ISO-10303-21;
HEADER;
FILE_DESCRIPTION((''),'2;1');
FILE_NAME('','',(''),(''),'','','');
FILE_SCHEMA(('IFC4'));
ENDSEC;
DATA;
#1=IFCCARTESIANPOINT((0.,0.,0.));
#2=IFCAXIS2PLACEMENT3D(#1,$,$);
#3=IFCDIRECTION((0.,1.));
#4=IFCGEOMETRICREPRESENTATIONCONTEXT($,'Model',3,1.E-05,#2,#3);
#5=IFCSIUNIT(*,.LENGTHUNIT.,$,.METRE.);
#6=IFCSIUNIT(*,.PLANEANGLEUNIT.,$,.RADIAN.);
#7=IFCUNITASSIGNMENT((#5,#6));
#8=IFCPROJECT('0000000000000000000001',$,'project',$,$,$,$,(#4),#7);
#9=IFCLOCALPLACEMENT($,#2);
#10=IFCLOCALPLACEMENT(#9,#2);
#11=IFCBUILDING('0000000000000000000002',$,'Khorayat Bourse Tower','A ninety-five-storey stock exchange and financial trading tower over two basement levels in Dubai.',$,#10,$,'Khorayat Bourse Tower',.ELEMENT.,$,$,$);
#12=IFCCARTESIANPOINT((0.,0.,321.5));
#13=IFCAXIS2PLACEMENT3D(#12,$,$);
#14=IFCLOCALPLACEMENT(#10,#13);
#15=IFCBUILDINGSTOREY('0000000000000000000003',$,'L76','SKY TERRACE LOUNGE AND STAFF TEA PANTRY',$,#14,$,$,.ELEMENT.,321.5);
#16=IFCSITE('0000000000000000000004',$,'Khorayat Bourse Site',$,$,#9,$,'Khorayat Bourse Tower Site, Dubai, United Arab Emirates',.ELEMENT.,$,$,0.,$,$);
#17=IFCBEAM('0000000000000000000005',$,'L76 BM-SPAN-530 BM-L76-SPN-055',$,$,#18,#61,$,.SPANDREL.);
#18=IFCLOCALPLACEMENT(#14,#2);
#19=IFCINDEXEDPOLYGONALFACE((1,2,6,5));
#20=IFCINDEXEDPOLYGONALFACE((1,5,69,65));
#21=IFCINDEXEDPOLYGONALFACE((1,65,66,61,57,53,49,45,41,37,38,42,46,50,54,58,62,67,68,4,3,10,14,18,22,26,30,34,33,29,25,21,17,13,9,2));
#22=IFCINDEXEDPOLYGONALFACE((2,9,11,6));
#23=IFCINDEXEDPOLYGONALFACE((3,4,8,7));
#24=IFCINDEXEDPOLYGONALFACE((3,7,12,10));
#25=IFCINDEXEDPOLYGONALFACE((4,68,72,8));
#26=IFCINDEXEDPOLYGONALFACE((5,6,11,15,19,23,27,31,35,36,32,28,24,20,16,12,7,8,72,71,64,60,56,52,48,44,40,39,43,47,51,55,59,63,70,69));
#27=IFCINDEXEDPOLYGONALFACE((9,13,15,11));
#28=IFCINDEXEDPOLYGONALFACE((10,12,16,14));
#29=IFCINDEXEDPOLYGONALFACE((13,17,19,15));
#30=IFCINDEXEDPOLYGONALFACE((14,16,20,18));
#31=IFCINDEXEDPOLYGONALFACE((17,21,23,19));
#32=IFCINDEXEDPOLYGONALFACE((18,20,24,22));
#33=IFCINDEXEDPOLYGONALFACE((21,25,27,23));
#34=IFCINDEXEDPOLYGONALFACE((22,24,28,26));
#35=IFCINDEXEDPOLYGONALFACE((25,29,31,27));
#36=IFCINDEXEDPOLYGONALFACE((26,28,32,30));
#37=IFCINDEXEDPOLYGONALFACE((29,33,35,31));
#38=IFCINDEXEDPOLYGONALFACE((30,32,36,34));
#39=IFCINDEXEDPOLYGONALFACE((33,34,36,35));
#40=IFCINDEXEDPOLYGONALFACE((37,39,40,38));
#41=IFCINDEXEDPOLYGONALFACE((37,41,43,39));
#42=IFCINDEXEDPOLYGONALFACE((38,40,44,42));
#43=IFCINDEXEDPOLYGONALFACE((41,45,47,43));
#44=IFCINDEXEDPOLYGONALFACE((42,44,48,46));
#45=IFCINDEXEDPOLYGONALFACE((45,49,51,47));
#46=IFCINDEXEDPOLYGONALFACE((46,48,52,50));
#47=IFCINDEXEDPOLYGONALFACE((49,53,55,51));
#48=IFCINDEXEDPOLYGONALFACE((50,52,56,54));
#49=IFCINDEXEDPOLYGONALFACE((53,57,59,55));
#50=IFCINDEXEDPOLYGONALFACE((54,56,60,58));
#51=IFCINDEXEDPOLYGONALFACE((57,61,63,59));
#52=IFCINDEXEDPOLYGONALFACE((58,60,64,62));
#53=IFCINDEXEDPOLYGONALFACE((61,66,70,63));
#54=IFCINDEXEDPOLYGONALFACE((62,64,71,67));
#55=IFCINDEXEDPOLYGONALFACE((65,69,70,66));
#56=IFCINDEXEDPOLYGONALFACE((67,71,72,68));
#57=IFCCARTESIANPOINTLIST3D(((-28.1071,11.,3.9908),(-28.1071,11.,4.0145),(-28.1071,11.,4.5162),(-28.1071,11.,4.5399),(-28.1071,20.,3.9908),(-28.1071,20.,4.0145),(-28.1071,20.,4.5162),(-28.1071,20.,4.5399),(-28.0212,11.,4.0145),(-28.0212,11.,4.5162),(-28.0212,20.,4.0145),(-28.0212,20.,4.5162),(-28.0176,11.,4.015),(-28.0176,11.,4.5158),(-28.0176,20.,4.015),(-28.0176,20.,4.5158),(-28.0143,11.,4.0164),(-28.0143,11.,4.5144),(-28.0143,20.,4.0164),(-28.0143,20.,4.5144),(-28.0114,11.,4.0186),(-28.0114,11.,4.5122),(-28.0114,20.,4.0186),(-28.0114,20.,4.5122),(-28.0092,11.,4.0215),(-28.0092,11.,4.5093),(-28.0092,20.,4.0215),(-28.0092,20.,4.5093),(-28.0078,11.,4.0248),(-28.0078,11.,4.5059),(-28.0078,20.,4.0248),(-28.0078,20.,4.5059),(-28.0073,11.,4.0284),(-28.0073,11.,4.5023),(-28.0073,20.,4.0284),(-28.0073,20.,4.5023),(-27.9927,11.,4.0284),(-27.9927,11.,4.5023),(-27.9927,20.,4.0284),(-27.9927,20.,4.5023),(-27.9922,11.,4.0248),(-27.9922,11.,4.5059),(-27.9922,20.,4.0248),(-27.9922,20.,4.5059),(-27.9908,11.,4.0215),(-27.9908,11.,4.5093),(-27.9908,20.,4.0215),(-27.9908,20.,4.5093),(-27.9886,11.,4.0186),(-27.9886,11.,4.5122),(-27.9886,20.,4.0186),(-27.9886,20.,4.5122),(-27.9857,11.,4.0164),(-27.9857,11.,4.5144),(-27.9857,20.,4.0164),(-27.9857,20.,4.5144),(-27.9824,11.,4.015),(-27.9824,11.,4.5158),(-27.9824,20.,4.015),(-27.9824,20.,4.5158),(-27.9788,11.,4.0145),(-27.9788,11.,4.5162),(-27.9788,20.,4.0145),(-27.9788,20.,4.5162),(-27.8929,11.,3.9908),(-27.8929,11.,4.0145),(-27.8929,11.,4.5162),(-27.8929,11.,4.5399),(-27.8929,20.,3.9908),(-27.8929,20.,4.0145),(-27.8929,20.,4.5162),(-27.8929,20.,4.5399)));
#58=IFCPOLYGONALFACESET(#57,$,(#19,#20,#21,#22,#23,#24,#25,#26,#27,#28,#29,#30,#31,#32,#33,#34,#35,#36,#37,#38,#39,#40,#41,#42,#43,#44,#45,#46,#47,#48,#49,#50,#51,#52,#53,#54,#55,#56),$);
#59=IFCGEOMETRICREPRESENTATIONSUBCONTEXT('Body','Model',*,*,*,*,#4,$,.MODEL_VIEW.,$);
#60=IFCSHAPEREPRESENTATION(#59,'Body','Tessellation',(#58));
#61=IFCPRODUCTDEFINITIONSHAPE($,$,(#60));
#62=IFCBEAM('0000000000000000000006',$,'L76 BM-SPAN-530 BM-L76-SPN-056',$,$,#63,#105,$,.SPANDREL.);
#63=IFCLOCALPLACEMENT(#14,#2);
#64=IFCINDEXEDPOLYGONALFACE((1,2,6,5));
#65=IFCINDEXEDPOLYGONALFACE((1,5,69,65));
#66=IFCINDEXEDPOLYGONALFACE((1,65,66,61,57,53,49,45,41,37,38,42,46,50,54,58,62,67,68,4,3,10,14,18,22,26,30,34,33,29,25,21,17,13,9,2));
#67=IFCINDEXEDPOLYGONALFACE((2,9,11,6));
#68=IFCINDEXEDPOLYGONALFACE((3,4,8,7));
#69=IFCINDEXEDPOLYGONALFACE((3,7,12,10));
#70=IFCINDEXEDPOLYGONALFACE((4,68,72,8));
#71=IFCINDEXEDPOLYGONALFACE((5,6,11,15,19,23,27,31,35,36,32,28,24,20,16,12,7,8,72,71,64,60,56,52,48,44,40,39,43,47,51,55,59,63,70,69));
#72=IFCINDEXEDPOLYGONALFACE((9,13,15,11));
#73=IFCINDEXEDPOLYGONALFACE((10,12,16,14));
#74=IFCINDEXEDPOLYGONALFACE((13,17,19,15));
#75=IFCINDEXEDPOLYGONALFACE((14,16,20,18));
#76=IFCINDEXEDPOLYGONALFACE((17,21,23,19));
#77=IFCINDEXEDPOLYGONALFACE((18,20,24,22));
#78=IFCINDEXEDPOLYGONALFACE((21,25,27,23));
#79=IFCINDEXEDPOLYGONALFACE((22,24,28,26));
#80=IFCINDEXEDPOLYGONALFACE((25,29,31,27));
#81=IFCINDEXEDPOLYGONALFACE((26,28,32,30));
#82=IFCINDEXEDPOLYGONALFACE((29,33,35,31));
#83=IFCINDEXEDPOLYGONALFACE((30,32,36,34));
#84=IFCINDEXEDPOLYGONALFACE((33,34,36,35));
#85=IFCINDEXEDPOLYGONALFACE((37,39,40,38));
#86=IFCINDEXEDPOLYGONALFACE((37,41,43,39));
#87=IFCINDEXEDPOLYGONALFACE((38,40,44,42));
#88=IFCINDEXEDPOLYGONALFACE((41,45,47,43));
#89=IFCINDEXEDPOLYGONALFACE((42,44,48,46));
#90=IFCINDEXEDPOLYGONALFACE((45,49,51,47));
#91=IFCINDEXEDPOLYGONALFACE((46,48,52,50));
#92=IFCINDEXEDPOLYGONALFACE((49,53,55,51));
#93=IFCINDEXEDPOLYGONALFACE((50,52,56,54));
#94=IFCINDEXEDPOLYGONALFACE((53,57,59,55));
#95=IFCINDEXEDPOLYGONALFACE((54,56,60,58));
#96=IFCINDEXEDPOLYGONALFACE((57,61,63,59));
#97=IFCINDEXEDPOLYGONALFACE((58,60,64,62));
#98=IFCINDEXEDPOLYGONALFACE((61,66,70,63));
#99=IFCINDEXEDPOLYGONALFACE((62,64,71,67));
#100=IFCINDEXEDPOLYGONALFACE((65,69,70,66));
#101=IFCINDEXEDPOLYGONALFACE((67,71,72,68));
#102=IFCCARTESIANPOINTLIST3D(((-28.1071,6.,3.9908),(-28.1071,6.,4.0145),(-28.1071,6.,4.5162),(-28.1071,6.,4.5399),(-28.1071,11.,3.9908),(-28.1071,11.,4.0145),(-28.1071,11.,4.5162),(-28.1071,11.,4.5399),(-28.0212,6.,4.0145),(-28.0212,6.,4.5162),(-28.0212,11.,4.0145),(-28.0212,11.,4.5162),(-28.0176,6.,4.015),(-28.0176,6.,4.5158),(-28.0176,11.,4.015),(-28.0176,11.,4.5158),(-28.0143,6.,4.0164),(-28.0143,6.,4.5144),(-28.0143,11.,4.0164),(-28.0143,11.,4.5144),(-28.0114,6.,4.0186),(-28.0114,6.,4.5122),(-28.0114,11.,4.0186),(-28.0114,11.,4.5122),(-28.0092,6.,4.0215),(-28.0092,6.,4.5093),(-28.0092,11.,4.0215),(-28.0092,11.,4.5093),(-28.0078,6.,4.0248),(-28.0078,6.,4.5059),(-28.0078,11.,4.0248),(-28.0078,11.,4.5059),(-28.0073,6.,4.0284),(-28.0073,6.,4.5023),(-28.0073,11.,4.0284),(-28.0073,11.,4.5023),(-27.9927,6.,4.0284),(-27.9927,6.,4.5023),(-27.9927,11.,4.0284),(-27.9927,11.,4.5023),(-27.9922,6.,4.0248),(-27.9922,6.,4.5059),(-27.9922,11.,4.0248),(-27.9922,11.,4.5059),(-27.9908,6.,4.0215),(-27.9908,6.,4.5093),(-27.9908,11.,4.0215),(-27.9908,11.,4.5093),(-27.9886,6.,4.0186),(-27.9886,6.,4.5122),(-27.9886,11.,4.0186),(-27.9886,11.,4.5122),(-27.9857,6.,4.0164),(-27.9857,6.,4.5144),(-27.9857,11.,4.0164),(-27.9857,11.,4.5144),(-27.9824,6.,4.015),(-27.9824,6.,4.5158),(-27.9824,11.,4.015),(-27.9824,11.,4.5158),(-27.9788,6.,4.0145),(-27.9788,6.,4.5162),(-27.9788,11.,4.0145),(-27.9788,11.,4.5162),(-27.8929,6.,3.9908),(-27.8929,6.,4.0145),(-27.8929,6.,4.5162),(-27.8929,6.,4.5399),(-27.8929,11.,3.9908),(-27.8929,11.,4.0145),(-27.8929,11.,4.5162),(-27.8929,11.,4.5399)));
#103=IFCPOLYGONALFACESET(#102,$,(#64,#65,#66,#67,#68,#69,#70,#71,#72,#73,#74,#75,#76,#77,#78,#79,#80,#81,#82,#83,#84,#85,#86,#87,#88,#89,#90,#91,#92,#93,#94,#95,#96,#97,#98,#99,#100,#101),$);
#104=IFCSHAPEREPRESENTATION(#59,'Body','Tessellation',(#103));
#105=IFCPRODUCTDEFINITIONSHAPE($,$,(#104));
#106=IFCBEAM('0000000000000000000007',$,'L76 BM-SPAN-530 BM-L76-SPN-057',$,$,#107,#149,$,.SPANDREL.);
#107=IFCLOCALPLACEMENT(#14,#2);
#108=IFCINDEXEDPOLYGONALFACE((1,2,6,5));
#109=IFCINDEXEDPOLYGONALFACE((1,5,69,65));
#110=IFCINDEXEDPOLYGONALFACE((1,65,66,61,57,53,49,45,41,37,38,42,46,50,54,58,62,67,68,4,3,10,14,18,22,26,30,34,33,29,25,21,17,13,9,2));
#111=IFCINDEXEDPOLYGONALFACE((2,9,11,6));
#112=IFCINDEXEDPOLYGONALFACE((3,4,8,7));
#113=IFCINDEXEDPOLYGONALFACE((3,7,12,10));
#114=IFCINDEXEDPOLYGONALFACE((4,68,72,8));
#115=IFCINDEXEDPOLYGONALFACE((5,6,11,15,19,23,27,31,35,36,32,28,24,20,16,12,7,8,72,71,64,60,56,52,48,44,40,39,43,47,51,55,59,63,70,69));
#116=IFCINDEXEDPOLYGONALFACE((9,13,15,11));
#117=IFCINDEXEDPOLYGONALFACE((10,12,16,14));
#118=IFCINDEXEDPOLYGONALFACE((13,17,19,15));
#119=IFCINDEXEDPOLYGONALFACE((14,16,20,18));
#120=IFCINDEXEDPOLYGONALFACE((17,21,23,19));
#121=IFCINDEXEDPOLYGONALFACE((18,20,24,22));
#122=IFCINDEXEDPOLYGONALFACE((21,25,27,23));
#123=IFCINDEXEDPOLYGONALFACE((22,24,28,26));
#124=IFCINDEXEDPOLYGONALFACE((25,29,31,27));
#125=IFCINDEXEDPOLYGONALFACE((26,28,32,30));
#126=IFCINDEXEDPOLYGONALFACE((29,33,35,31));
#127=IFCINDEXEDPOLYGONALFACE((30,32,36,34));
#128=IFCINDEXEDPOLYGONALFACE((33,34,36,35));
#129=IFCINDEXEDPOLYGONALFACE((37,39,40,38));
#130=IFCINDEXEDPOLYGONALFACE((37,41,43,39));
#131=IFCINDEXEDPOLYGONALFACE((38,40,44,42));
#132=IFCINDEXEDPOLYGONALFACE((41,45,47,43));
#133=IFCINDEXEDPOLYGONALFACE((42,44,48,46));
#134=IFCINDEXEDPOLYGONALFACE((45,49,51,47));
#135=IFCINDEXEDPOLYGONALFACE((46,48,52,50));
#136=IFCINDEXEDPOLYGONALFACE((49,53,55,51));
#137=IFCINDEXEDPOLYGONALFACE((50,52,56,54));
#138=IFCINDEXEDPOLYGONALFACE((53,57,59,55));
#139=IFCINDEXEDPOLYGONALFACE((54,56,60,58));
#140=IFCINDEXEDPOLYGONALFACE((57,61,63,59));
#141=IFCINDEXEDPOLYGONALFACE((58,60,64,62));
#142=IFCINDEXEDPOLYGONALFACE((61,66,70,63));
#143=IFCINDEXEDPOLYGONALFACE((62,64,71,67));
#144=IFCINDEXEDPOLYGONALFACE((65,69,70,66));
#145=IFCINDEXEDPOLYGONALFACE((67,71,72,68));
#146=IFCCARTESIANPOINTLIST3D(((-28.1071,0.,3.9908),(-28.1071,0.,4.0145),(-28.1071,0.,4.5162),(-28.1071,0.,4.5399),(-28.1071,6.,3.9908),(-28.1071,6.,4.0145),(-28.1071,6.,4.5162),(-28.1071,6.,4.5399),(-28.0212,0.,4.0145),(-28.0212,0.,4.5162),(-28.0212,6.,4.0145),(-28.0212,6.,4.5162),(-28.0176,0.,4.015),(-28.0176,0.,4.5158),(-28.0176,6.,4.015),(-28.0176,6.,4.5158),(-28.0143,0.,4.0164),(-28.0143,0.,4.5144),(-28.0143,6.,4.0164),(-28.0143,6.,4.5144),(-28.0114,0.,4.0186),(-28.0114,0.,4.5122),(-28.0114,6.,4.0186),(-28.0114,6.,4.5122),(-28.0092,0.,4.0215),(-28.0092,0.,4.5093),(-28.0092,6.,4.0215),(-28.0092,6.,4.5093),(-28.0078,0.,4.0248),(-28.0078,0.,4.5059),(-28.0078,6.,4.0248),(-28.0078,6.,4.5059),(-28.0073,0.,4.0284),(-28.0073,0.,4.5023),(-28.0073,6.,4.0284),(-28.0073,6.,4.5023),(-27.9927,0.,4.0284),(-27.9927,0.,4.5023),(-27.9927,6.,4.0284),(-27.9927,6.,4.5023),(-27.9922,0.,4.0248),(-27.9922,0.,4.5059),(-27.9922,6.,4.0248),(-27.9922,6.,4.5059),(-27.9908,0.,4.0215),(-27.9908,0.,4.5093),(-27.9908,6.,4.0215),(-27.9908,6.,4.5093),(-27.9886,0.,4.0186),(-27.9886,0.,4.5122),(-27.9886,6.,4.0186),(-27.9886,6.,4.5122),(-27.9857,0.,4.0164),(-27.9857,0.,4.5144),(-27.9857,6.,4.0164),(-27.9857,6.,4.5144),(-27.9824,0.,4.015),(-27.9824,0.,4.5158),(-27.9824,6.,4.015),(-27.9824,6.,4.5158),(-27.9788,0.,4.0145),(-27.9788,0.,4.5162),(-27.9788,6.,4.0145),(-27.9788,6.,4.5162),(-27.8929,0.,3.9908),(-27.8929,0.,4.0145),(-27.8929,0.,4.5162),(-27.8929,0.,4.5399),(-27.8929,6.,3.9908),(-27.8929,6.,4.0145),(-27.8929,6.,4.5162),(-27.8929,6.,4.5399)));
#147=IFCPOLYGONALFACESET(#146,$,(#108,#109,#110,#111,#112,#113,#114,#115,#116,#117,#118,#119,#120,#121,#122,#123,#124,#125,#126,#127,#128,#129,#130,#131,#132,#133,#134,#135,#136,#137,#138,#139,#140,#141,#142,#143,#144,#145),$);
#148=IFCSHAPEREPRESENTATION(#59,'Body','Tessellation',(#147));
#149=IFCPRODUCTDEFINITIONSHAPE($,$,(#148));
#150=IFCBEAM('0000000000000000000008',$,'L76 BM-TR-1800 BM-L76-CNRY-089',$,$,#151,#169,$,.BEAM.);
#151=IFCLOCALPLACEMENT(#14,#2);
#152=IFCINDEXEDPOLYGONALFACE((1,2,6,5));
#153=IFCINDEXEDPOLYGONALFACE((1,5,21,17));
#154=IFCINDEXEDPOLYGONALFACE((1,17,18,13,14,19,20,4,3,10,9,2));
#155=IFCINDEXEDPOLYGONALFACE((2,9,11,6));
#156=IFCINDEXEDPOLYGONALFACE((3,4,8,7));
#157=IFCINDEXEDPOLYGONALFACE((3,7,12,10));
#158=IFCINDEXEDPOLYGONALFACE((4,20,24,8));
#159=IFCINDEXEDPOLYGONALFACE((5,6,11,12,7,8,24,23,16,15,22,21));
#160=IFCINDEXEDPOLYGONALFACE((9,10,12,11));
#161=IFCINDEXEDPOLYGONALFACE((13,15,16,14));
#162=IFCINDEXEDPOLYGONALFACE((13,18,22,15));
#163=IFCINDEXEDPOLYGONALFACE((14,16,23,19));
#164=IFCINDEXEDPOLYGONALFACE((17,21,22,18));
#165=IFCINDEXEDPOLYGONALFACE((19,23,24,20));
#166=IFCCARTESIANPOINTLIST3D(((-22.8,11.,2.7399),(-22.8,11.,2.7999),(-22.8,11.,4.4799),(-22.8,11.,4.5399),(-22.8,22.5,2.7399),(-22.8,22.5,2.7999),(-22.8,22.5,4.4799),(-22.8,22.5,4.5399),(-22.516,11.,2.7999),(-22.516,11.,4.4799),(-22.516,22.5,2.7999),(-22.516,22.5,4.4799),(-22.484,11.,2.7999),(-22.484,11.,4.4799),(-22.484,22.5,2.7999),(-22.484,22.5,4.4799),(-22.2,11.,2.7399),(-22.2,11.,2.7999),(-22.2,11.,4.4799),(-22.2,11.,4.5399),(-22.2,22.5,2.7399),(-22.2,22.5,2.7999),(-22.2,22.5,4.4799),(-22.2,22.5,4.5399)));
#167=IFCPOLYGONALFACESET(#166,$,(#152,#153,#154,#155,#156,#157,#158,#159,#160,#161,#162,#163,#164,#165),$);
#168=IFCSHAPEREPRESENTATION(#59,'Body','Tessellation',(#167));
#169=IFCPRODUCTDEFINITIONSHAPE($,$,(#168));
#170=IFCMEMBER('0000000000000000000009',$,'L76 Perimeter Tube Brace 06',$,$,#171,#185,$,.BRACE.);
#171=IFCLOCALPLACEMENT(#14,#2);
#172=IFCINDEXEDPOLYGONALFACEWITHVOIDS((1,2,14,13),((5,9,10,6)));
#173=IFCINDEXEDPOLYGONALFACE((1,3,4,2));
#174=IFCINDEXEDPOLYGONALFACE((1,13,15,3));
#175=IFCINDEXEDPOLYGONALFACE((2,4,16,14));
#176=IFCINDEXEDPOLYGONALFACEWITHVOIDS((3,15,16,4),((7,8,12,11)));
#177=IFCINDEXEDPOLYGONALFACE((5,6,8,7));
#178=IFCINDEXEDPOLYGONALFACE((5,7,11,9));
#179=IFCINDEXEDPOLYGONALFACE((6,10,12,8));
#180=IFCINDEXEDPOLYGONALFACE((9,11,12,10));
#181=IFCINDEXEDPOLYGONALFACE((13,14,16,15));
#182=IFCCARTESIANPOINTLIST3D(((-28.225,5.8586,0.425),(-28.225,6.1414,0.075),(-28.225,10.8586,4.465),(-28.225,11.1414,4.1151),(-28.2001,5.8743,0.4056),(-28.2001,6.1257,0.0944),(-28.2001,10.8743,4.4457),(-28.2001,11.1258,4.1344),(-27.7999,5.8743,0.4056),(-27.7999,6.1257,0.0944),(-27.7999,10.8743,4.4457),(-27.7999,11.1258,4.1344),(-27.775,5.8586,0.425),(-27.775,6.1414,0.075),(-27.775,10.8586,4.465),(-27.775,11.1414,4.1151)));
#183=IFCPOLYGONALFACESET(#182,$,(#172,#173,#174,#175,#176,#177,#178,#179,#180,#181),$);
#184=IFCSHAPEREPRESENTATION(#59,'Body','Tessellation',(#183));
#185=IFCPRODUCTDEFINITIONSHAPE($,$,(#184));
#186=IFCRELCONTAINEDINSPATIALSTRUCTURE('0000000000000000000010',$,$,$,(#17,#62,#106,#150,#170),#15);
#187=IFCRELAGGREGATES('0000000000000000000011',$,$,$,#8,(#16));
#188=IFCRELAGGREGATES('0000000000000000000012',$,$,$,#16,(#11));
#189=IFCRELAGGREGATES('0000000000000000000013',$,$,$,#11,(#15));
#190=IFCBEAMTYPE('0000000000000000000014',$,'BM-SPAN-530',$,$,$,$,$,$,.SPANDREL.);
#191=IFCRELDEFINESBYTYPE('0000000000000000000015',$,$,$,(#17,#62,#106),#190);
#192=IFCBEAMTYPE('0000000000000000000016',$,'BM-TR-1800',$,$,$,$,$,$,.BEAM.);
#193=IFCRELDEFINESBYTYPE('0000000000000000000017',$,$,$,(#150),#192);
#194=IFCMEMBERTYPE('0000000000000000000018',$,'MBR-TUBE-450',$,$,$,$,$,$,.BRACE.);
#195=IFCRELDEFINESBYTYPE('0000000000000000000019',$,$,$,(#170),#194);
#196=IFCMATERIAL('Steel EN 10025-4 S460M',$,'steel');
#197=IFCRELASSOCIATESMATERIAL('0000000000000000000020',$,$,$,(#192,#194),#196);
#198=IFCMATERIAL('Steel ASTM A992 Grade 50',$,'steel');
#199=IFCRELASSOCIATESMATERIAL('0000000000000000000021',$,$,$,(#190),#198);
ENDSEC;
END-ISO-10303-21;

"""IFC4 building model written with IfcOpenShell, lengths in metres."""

from ifc_helpers import new_model, si_unit, direction, frame, origin, origin_2d, place, context, subcontext, project, spatial, hollow_rectangle, i_section, extrude, source, transform, mapped, material, material_profile, profile_set, type_object, element, save


model = new_model("IFC4")

# Units and contexts
model_context = context("Model", 3, precision=1e-05, world=origin(), true_north=direction((0.0, 1.0)))
body_context = subcontext(model_context, "Body", "Model", "MODEL_VIEW")
ifc_project = project(units=[si_unit("LENGTHUNIT", "METRE"), si_unit("PLANEANGLEUNIT", "RADIAN")], contexts=[model_context])

# Site, building, storey
site_placement = place(None, origin())
site = spatial("IfcSite", under=ifc_project, at=site_placement, Name="Khorayat Bourse Site", LongName="Khorayat Bourse Tower Site, Dubai, United Arab Emirates", CompositionType="ELEMENT", RefElevation=0.0)
building_placement = place(site_placement, origin())
building = spatial("IfcBuilding", under=site, at=building_placement, Name="Khorayat Bourse Tower", Description="A ninety-five-storey stock exchange and financial trading tower over two basement levels in Dubai.", LongName="Khorayat Bourse Tower", CompositionType="ELEMENT")
storey_placement = place(building_placement, frame((0.0, 0.0, 321.5)))
storey = spatial("IfcBuildingStorey", under=building, at=storey_placement, Name="L76", Description="SKY TERRACE LOUNGE AND STAFF TEA PANTRY", CompositionType="ELEMENT", Elevation=321.5)

# Shared definitions
ifc_material_1 = material(Name="Steel EN 10025-4 S460M", Category="steel")

# Beams
ifc_material_profile_1 = material_profile(ifc_material_1, i_section(OverallWidth=0.6001, OverallDepth=1.8, WebThickness=0.032, FlangeThickness=0.0601, at=origin_2d()), Name="PG 1800x600x32x60")
ifc_profile_set_1 = profile_set([ifc_material_profile_1], Name="Steel EN 10025-4 S460M")
beam_type_1 = type_object("IfcBeamType", Name="BM-TR-1800", PredefinedType="BEAM", material=ifc_profile_set_1)
ifc_material_2 = material(Name="Steel ASTM A992 Grade 50", Category="steel")
ifc_material_profile_2 = material_profile(ifc_material_2, i_section(OverallWidth=0.2141, OverallDepth=0.5491, WebThickness=0.0146, FlangeThickness=0.0237, FilletRadius=0.0139, at=origin_2d()), Name="W530X138")
ifc_profile_set_2 = profile_set([ifc_material_profile_2], Name="Steel ASTM A992 Grade 50")
beam_type_2 = type_object("IfcBeamType", Name="BM-SPAN-530", PredefinedType="SPANDREL", material=ifc_profile_set_2)
shared_shape_1 = source(origin(), body_context, "Body", "SweptSolid", [
    extrude(i_section(OverallWidth=0.2141, OverallDepth=0.5491, WebThickness=0.0146, FlangeThickness=0.0237, FilletRadius=0.0139, at=origin_2d()), origin(), (0.0, 0.0, 1.0), 9.0),
])
beam_1_placement = place(storey_placement, frame((-28.0, 11.0, 4.2654), z_axis=(0.0, 1.0, 0.0), x_axis=(-1.0, 0.0, 0.0)))
element("IfcBeam", 1, at=beam_1_placement, inside=storey, type_object=beam_type_2, Name="L76 BM-SPAN-530 BM-L76-SPN-055", PredefinedType="SPANDREL", context=body_context, shape_type="MappedRepresentation", body=[
    mapped(shared_shape_1, transform((0.0, 0.0, 0.0), scale=1.0)),
])
shared_shape_2 = source(origin(), body_context, "Body", "SweptSolid", [
    extrude(i_section(OverallWidth=0.2141, OverallDepth=0.5491, WebThickness=0.0146, FlangeThickness=0.0237, FilletRadius=0.0139, at=origin_2d()), origin(), (0.0, 0.0, 1.0), 5.0),
])
beam_2_placement = place(storey_placement, frame((-28.0, 6.0, 4.2654), z_axis=(0.0, 1.0, 0.0), x_axis=(-1.0, 0.0, 0.0)))
element("IfcBeam", 2, at=beam_2_placement, inside=storey, type_object=beam_type_2, Name="L76 BM-SPAN-530 BM-L76-SPN-056", PredefinedType="SPANDREL", context=body_context, shape_type="MappedRepresentation", body=[
    mapped(shared_shape_2, transform((0.0, 0.0, 0.0), scale=1.0)),
])
shared_shape_3 = source(origin(), body_context, "Body", "SweptSolid", [
    extrude(i_section(OverallWidth=0.2141, OverallDepth=0.5491, WebThickness=0.0146, FlangeThickness=0.0237, FilletRadius=0.0139, at=origin_2d()), origin(), (0.0, 0.0, 1.0), 6.0),
])
beam_3_placement = place(storey_placement, frame((-28.0, 0.0, 4.2654), z_axis=(0.0, 1.0, 0.0), x_axis=(-1.0, 0.0, 0.0)))
element("IfcBeam", 3, at=beam_3_placement, inside=storey, type_object=beam_type_2, Name="L76 BM-SPAN-530 BM-L76-SPN-057", PredefinedType="SPANDREL", context=body_context, shape_type="MappedRepresentation", body=[
    mapped(shared_shape_3, transform((0.0, 0.0, 0.0), scale=1.0)),
])
shared_shape_4 = source(origin(), body_context, "Body", "SweptSolid", [
    extrude(i_section(OverallWidth=0.6001, OverallDepth=1.8, WebThickness=0.032, FlangeThickness=0.0601, at=origin_2d()), origin(), (0.0, 0.0, 1.0), 11.5),
])
beam_4_placement = place(storey_placement, frame((-22.5, 11.0, 3.6399), z_axis=(0.0, 1.0, 0.0), x_axis=(-1.0, 0.0, 0.0)))
element("IfcBeam", 4, at=beam_4_placement, inside=storey, type_object=beam_type_1, Name="L76 BM-TR-1800 BM-L76-CNRY-089", PredefinedType="BEAM", context=body_context, shape_type="MappedRepresentation", body=[
    mapped(shared_shape_4, transform((0.0, 0.0, 0.0), scale=1.0)),
])

# Member
ifc_material_profile_3 = material_profile(ifc_material_1, hollow_rectangle(XDim=0.45, YDim=0.45, WallThickness=0.0249, at=origin_2d()), Name="HSS 450x450x25")
ifc_profile_set_3 = profile_set([ifc_material_profile_3], Name="Steel EN 10025-4 S460M")
member_type_1 = type_object("IfcMemberType", Name="MBR-TUBE-450", PredefinedType="BRACE", material=ifc_profile_set_3)
shared_shape_5 = source(origin(), body_context, "Body", "SweptSolid", [
    extrude(hollow_rectangle(XDim=0.45, YDim=0.45, WallThickness=0.0249, at=origin_2d()), origin(), (0.0, 0.0, 1.0), 6.4282),
])
member_1_placement = place(storey_placement, frame((-28.0, 6.0, 0.25), z_axis=(0.0, 0.777821, 0.628486), x_axis=(-1.0, 0.0, 0.0)))
element("IfcMember", 5, at=member_1_placement, inside=storey, type_object=member_type_1, Name="L76 Perimeter Tube Brace 06", PredefinedType="BRACE", context=body_context, shape_type="MappedRepresentation", body=[
    mapped(shared_shape_5, transform((0.0, 0.0, 0.0), scale=1.0)),
])

save(model, "model.ifc")
